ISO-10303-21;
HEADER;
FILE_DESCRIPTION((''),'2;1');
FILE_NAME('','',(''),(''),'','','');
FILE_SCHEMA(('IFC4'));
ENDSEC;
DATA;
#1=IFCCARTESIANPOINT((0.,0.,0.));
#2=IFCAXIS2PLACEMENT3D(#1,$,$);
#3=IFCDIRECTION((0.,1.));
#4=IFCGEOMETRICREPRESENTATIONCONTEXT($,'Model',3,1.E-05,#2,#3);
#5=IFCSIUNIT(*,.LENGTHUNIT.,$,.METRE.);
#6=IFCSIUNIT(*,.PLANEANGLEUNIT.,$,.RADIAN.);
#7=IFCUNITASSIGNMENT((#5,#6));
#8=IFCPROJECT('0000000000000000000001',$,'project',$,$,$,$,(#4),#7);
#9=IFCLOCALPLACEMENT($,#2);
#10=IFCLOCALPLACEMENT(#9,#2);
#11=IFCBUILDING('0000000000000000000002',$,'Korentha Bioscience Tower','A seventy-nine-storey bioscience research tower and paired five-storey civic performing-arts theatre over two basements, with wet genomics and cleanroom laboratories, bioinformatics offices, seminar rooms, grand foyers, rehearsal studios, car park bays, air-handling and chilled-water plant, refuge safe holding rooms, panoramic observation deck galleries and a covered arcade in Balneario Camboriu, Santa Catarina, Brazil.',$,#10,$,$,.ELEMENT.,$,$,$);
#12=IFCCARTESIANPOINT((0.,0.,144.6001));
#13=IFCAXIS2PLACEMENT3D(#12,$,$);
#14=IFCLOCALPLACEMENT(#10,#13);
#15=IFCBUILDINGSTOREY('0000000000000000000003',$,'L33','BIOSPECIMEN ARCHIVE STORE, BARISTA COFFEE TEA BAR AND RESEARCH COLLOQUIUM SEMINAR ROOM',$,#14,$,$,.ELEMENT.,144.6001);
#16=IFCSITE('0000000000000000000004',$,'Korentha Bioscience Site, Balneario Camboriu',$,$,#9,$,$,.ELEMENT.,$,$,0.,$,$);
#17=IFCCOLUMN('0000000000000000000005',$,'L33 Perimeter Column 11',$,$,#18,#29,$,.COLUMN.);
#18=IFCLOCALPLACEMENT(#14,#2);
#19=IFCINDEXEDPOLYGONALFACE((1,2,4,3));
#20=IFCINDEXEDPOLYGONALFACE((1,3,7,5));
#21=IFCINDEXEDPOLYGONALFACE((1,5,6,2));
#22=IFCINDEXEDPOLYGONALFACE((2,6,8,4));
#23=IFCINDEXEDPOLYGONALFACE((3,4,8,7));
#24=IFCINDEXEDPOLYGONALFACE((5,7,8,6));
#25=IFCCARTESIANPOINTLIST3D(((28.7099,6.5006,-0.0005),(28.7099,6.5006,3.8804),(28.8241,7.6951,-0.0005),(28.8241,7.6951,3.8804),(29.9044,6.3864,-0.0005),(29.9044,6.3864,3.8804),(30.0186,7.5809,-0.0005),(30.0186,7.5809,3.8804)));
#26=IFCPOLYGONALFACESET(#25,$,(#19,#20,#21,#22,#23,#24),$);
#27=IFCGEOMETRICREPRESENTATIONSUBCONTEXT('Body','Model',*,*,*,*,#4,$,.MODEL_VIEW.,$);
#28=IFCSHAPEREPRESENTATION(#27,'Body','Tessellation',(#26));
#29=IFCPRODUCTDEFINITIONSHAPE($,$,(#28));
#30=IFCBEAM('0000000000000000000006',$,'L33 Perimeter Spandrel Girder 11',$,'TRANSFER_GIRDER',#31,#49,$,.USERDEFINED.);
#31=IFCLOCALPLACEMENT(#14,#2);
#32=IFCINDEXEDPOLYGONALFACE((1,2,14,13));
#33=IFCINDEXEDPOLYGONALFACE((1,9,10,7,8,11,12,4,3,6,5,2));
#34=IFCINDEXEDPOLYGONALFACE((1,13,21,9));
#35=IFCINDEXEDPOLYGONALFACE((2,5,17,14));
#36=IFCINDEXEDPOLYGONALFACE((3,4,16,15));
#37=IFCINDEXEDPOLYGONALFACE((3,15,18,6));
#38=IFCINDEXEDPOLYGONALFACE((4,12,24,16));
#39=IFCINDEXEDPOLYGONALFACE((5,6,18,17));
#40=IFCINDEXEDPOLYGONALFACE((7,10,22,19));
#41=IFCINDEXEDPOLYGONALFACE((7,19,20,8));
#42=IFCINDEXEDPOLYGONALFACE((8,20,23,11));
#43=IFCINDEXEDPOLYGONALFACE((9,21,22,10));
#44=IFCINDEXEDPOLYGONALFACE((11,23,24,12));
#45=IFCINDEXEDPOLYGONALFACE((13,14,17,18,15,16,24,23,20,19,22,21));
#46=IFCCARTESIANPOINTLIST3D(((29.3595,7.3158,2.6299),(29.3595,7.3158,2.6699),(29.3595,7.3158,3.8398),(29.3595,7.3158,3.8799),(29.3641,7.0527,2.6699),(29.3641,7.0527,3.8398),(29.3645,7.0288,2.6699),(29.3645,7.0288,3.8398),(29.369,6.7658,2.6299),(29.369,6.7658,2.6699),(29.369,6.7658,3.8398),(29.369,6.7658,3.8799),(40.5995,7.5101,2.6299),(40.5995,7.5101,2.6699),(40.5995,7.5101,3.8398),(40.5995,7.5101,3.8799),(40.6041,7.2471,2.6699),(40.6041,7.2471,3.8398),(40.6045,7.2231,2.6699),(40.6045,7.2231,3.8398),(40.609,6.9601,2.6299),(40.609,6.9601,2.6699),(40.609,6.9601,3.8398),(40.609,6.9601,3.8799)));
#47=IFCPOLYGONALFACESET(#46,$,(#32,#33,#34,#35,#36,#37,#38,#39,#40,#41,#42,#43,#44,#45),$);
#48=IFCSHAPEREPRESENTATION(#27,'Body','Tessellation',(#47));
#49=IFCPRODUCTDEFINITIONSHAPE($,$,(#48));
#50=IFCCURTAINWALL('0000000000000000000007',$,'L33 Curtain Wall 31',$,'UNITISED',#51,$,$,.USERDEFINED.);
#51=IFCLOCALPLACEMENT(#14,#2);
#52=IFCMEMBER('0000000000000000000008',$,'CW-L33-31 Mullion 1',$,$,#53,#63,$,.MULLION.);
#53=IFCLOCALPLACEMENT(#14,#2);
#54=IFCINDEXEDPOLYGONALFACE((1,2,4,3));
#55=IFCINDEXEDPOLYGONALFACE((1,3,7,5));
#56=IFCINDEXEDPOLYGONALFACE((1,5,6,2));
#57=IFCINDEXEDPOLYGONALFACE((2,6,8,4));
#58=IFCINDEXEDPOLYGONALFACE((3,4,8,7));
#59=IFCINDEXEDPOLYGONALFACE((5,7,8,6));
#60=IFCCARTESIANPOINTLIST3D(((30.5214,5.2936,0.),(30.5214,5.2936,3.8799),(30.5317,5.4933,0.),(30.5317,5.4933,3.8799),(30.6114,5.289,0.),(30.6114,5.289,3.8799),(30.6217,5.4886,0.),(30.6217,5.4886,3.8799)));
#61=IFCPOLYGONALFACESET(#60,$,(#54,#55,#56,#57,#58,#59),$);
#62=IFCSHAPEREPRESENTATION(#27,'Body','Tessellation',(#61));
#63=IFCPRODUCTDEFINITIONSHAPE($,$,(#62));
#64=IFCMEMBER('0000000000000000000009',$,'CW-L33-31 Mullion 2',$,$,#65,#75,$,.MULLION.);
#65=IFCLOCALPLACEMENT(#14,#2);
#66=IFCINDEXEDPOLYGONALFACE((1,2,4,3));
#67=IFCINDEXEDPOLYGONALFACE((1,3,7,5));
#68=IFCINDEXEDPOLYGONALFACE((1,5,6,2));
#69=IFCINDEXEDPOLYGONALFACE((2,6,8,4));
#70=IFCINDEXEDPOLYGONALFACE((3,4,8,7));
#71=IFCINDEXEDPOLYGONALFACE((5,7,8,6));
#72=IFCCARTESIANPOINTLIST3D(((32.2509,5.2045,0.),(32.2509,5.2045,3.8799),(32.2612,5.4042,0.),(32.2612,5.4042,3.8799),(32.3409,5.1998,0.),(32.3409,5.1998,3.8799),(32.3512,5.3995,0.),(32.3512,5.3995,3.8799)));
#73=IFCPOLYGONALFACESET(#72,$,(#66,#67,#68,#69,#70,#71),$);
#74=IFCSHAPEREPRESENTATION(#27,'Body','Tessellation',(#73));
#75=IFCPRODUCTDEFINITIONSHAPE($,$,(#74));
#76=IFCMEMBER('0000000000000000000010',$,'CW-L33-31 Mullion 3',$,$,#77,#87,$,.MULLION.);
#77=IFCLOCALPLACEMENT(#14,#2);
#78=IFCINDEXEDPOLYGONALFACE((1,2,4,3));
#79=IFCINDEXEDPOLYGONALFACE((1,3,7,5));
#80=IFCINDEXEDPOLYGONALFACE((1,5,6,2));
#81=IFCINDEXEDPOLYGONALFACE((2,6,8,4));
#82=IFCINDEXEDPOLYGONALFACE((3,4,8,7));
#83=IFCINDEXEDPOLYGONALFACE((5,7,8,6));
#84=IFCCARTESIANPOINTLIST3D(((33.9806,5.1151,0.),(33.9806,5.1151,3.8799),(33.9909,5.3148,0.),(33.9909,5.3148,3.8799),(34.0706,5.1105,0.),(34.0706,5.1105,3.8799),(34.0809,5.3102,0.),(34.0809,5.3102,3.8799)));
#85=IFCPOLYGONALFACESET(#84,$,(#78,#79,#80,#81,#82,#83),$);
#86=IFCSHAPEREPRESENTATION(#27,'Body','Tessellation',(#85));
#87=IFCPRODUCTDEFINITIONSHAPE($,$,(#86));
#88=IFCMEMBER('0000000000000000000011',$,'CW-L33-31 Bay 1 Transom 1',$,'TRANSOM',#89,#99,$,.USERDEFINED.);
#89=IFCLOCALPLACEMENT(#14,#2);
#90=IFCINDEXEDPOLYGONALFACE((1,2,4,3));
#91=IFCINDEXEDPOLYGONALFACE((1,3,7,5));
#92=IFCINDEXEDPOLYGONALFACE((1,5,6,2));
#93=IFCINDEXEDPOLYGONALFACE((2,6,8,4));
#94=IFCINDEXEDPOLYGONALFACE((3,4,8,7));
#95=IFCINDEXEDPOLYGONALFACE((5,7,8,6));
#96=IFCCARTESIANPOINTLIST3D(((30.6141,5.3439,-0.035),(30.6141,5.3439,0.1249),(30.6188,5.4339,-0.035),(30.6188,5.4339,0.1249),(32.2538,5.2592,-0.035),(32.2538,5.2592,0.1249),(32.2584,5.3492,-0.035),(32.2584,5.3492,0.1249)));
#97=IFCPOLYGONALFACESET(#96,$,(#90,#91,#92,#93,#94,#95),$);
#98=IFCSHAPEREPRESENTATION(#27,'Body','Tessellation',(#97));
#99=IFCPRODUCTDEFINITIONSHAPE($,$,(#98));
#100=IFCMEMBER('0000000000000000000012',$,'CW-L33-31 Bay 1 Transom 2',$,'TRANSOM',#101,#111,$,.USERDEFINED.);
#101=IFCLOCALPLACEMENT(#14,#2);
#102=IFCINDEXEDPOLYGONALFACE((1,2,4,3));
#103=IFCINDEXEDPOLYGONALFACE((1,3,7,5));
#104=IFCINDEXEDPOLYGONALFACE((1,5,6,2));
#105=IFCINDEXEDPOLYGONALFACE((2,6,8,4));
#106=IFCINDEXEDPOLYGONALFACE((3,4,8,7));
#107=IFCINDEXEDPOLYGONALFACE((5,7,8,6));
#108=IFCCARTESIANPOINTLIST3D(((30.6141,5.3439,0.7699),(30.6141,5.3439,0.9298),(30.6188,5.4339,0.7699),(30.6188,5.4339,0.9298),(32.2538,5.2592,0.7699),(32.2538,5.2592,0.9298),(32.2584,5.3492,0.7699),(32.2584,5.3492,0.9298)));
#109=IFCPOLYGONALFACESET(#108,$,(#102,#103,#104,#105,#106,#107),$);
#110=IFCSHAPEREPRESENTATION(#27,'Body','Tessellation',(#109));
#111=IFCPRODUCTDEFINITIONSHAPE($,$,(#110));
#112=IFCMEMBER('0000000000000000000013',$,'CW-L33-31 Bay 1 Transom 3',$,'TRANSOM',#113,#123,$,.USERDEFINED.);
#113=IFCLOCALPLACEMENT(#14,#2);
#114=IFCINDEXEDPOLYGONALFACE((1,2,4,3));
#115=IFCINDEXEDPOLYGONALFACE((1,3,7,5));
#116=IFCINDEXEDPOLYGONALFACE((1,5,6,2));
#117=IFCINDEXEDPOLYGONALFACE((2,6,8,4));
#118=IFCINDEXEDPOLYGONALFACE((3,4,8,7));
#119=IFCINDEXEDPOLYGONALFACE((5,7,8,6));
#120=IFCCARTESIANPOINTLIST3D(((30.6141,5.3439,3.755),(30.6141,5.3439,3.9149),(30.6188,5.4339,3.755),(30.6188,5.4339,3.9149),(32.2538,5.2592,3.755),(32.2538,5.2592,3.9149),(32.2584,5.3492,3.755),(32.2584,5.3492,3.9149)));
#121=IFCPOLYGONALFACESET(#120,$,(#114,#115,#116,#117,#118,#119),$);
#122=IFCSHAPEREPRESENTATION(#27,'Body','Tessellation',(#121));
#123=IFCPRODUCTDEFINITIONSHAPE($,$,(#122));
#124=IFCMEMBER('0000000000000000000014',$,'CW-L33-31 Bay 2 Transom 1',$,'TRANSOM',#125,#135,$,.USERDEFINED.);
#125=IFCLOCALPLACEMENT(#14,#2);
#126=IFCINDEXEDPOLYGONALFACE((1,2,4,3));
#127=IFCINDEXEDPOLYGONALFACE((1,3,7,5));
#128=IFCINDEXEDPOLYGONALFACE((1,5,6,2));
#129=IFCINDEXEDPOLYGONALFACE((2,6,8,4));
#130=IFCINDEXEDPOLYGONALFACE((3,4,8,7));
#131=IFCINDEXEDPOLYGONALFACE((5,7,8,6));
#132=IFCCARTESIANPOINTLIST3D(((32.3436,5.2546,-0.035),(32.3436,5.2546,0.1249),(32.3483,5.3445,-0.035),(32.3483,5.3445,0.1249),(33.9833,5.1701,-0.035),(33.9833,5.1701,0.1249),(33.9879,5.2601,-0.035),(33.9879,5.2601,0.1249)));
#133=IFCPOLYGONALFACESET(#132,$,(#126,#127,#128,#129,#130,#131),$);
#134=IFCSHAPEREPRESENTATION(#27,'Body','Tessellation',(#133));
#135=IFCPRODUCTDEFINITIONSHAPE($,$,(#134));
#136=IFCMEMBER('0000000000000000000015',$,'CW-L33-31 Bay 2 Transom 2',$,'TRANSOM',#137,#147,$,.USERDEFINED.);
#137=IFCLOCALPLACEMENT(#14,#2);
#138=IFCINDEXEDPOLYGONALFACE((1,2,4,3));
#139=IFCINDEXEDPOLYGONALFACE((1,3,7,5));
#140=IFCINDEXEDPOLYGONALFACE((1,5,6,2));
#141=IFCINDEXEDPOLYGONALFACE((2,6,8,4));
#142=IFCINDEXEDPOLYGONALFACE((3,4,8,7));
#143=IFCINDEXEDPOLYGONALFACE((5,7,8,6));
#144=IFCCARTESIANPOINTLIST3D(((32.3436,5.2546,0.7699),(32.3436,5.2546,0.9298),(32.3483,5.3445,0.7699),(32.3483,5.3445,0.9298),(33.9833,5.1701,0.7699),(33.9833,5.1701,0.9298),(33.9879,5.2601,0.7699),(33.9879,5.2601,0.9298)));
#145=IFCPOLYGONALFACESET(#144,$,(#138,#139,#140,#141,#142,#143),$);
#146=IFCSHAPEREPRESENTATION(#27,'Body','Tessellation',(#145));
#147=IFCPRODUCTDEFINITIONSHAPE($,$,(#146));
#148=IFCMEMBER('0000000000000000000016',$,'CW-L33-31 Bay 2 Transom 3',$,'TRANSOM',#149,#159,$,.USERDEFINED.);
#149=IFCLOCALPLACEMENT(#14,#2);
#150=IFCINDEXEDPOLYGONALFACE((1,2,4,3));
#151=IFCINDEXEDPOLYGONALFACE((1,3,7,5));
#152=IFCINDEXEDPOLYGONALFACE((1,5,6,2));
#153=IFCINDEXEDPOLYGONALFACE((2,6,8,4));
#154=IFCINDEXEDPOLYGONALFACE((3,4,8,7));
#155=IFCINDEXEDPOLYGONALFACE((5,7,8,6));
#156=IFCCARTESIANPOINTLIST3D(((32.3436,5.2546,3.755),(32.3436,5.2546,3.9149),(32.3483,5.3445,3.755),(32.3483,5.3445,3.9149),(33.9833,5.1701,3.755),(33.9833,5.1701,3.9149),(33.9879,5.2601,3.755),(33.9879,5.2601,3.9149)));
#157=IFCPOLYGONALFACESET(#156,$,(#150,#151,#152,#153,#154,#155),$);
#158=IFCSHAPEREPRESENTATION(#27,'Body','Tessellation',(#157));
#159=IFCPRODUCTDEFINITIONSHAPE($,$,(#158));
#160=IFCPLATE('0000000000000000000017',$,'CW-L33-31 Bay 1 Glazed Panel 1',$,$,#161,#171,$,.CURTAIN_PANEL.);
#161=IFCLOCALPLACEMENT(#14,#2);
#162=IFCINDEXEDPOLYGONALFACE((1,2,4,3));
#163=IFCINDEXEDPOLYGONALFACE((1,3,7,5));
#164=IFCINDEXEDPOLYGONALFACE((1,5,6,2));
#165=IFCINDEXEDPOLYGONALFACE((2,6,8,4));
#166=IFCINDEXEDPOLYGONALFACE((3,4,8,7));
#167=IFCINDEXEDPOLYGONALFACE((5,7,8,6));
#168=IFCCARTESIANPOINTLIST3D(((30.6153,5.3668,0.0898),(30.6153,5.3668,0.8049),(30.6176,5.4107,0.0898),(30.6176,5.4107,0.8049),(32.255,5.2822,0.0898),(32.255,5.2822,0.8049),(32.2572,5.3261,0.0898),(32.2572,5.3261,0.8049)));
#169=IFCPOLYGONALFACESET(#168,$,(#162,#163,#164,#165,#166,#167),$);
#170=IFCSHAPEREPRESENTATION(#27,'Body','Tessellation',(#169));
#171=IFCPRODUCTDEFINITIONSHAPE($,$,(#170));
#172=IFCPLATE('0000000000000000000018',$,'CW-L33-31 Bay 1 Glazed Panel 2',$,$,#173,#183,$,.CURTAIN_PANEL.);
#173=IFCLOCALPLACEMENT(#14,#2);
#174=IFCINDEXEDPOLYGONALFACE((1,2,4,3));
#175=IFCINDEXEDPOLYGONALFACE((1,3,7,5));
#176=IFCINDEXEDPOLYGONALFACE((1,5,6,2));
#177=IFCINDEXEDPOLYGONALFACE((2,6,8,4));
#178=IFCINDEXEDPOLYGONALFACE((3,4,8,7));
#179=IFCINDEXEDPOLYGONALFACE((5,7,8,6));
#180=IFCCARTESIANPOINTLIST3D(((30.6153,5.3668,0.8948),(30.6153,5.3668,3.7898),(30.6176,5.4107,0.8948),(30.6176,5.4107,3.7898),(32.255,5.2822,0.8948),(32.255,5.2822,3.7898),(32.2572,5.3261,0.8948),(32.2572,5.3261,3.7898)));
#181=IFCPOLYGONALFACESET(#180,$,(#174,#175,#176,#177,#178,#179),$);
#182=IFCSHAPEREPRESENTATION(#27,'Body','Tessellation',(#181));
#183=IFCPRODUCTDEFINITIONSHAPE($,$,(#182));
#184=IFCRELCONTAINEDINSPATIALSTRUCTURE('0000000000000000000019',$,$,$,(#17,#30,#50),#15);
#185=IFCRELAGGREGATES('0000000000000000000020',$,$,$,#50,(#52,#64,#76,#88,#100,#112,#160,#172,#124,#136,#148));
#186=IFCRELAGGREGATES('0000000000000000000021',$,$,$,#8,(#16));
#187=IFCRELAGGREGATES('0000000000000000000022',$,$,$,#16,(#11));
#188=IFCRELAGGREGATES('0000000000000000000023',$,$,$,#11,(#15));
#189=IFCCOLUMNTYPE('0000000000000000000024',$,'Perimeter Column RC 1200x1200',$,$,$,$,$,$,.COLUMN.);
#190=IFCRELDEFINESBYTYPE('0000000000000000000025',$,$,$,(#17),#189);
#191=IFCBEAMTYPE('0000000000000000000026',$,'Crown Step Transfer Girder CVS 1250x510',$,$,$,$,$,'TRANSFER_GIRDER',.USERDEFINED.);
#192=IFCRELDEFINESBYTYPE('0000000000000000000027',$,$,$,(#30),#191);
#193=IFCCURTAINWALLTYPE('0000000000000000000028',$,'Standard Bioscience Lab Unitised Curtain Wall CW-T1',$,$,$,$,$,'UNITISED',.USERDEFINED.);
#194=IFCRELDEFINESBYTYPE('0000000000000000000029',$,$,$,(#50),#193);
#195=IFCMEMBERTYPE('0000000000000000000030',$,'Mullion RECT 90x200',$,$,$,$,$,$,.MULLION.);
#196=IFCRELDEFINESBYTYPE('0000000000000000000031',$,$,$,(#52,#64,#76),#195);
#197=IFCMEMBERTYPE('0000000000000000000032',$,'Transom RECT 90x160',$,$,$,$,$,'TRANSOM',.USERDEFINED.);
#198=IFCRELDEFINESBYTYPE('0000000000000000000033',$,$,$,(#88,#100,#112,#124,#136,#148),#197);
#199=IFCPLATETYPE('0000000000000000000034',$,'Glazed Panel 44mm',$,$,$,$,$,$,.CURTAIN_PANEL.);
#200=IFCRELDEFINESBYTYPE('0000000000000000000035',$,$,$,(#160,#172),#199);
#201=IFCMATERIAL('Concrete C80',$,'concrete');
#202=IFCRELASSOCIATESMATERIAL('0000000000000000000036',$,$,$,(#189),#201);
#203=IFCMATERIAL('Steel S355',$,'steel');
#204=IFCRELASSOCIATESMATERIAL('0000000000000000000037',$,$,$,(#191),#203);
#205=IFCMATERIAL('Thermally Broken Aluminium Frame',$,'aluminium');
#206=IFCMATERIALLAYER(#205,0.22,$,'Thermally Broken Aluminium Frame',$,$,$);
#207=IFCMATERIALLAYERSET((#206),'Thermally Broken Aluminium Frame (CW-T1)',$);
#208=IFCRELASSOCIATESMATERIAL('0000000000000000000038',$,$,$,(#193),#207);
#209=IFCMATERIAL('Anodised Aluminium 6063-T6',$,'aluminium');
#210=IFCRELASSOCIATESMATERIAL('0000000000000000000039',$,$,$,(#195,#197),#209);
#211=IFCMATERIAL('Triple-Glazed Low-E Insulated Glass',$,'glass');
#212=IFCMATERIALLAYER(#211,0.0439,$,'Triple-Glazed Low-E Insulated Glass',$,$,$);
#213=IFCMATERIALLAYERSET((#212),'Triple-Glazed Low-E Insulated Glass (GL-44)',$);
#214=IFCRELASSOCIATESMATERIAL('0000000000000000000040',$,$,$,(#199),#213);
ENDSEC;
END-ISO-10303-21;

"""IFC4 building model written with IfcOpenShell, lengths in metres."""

from ifc_helpers import new_model, si_unit, direction, frame, origin, origin_2d, place, context, subcontext, project, spatial, rectangle, i_section, extrude, material, layer, layer_set, material_profile, profile_set, type_object, element, aggregate, save


model = new_model("IFC4")

# Units and contexts
model_context = context("Model", 3, precision=1e-05, world=origin(), true_north=direction((0.0, 1.0)))
body_context = subcontext(model_context, "Body", "Model", "MODEL_VIEW")
ifc_project = project(units=[si_unit("LENGTHUNIT", "METRE"), si_unit("PLANEANGLEUNIT", "RADIAN")], contexts=[model_context])

# Site, building, storey
site_placement = place(None, origin())
site = spatial("IfcSite", under=ifc_project, at=site_placement, Name="Korentha Bioscience Site, Balneario Camboriu", CompositionType="ELEMENT", RefElevation=0.0)
building_placement = place(site_placement, origin())
building = spatial("IfcBuilding", under=site, at=building_placement, Name="Korentha Bioscience Tower", Description="A seventy-nine-storey bioscience research tower and paired five-storey civic performing-arts theatre over two basements, with wet genomics and cleanroom laboratories, bioinformatics offices, seminar rooms, grand foyers, rehearsal studios, car park bays, air-handling and chilled-water plant, refuge safe holding rooms, panoramic observation deck galleries and a covered arcade in Balneario Camboriu, Santa Catarina, Brazil.", CompositionType="ELEMENT")
storey_placement = place(building_placement, frame((0.0, 0.0, 144.6001)))
storey = spatial("IfcBuildingStorey", under=building, at=storey_placement, Name="L33", Description="BIOSPECIMEN ARCHIVE STORE, BARISTA COFFEE TEA BAR AND RESEARCH COLLOQUIUM SEMINAR ROOM", CompositionType="ELEMENT", Elevation=144.6001)

# Column
ifc_material_1 = material(Name="Concrete C80", Category="concrete")
ifc_material_profile_1 = material_profile(ifc_material_1, rectangle(XDim=1.2, YDim=1.2, at=origin_2d()), Name="Concrete C80")
ifc_profile_set_1 = profile_set([ifc_material_profile_1], Name="Concrete C80 (COL-P12)")
column_type = type_object("IfcColumnType", Name="Perimeter Column RC 1200x1200", PredefinedType="COLUMN", material=ifc_profile_set_1)
column_placement = place(storey_placement, frame((29.3643, 7.0408, -0.0005), z_axis=(0.0, 0.0, 1.0), x_axis=(-0.995463, 0.095151, 0.0)))
element("IfcColumn", 1, at=column_placement, inside=storey, type_object=column_type, Name="L33 Perimeter Column 11", PredefinedType="COLUMN", context=body_context, shape_type="SweptSolid", body=[
    extrude(rectangle(XDim=1.2, YDim=1.2, at=origin_2d()), origin(), (0.0, 0.0, 1.0), 3.8809),
])

# Beam
ifc_material_2 = material(Name="Steel S355", Category="steel")
ifc_material_profile_2 = material_profile(ifc_material_2, i_section(OverallWidth=0.55, OverallDepth=1.25, WebThickness=0.0239, FlangeThickness=0.04, at=origin_2d()), Name="Steel S355")
ifc_profile_set_2 = profile_set([ifc_material_profile_2], Name="Steel S355 (TG-03)")
beam_type = type_object("IfcBeamType", Name="Crown Step Transfer Girder CVS 1250x510", ElementType="TRANSFER_GIRDER", PredefinedType="USERDEFINED", material=ifc_profile_set_2)
beam_placement = place(storey_placement, frame((29.3643, 7.0408, 3.2549), z_axis=(0.999851, 0.017287, 0.0), x_axis=(-0.017287, 0.999851, 0.0)))
element("IfcBeam", 2, at=beam_placement, inside=storey, type_object=beam_type, Name="L33 Perimeter Spandrel Girder 11", ObjectType="TRANSFER_GIRDER", PredefinedType="USERDEFINED", context=body_context, shape_type="SweptSolid", body=[
    extrude(i_section(OverallWidth=0.55, OverallDepth=1.25, WebThickness=0.0239, FlangeThickness=0.04, at=origin_2d()), origin(), (0.0, 0.0, 1.0), 11.2417),
])

# Curtain wall, members, plates
ifc_material_3 = material(Name="Thermally Broken Aluminium Frame", Category="aluminium")
ifc_layer_1 = layer(ifc_material_3, 0.22, Name="Thermally Broken Aluminium Frame")
ifc_layer_set_1 = layer_set([ifc_layer_1], Name="Thermally Broken Aluminium Frame (CW-T1)")
curtain_wall_type = type_object("IfcCurtainWallType", Name="Standard Bioscience Lab Unitised Curtain Wall CW-T1", ElementType="UNITISED", PredefinedType="USERDEFINED", material=ifc_layer_set_1)
curtain_wall_placement = place(storey_placement, origin())
curtain_wall = element("IfcCurtainWall", 3, at=curtain_wall_placement, inside=storey, type_object=curtain_wall_type, Name="L33 Curtain Wall 31", ObjectType="UNITISED", PredefinedType="USERDEFINED")
ifc_material_4 = material(Name="Anodised Aluminium 6063-T6", Category="aluminium")
ifc_material_profile_3 = material_profile(ifc_material_4, rectangle(XDim=0.0901, YDim=0.2, at=origin_2d()), Name="Anodised Aluminium 6063-T6")
ifc_profile_set_3 = profile_set([ifc_material_profile_3], Name="Anodised Aluminium 6063-T6 (CW-MUL)")
member_type_1 = type_object("IfcMemberType", Name="Mullion RECT 90x200", PredefinedType="MULLION", material=ifc_profile_set_3)
member_1_placement = place(storey_placement, frame((30.5715, 5.3911, 0.0), z_axis=(0.0, 0.0, 1.0), x_axis=(0.998673, -0.051495, 0.0)))
member_1 = element("IfcMember", 4, at=member_1_placement, type_object=member_type_1, Name="CW-L33-31 Mullion 1", PredefinedType="MULLION", context=body_context, shape_type="SweptSolid", body=[
    extrude(rectangle(XDim=0.0901, YDim=0.2, at=origin_2d()), origin(), (0.0, 0.0, 1.0), 3.8799),
])
member_2_placement = place(storey_placement, frame((32.301, 5.302, 0.0), z_axis=(0.0, 0.0, 1.0), x_axis=(0.998673, -0.051495, 0.0)))
member_2 = element("IfcMember", 5, at=member_2_placement, type_object=member_type_1, Name="CW-L33-31 Mullion 2", PredefinedType="MULLION", context=body_context, shape_type="SweptSolid", body=[
    extrude(rectangle(XDim=0.0901, YDim=0.2, at=origin_2d()), origin(), (0.0, 0.0, 1.0), 3.8799),
])
member_3_placement = place(storey_placement, frame((34.0308, 5.2126, 0.0), z_axis=(0.0, 0.0, 1.0), x_axis=(0.998673, -0.051495, 0.0)))
member_3 = element("IfcMember", 6, at=member_3_placement, type_object=member_type_1, Name="CW-L33-31 Mullion 3", PredefinedType="MULLION", context=body_context, shape_type="SweptSolid", body=[
    extrude(rectangle(XDim=0.0901, YDim=0.2, at=origin_2d()), origin(), (0.0, 0.0, 1.0), 3.8799),
])
ifc_material_profile_4 = material_profile(ifc_material_4, rectangle(XDim=0.0901, YDim=0.1599, at=origin_2d()), Name="Anodised Aluminium 6063-T6")
ifc_profile_set_4 = profile_set([ifc_material_profile_4], Name="Anodised Aluminium 6063-T6 (CW-TRN)")
member_type_2 = type_object("IfcMemberType", Name="Transom RECT 90x160", ElementType="TRANSOM", PredefinedType="USERDEFINED", material=ifc_profile_set_4)
member_4_placement = place(storey_placement, frame((30.6165, 5.3889, 0.0449), z_axis=(0.998668, -0.051599, 0.0), x_axis=(0.051599, 0.998668, 0.0)))
member_4 = element("IfcMember", 7, at=member_4_placement, type_object=member_type_2, Name="CW-L33-31 Bay 1 Transom 1", ObjectType="TRANSOM", PredefinedType="USERDEFINED", context=body_context, shape_type="SweptSolid", body=[
    extrude(rectangle(XDim=0.0901, YDim=0.1599, at=origin_2d()), origin(), (0.0, 0.0, 1.0), 1.6418),
])
member_5_placement = place(storey_placement, frame((30.6165, 5.3889, 0.8499), z_axis=(0.998668, -0.051599, 0.0), x_axis=(0.051599, 0.998668, 0.0)))
member_5 = element("IfcMember", 8, at=member_5_placement, type_object=member_type_2, Name="CW-L33-31 Bay 1 Transom 2", ObjectType="TRANSOM", PredefinedType="USERDEFINED", context=body_context, shape_type="SweptSolid", body=[
    extrude(rectangle(XDim=0.0901, YDim=0.1599, at=origin_2d()), origin(), (0.0, 0.0, 1.0), 1.6418),
])
member_6_placement = place(storey_placement, frame((30.6165, 5.3889, 3.835), z_axis=(0.998668, -0.051599, 0.0), x_axis=(0.051599, 0.998668, 0.0)))
member_6 = element("IfcMember", 9, at=member_6_placement, type_object=member_type_2, Name="CW-L33-31 Bay 1 Transom 3", ObjectType="TRANSOM", PredefinedType="USERDEFINED", context=body_context, shape_type="SweptSolid", body=[
    extrude(rectangle(XDim=0.0901, YDim=0.1599, at=origin_2d()), origin(), (0.0, 0.0, 1.0), 1.6418),
])
member_7_placement = place(storey_placement, frame((32.3459, 5.2996, 0.0449), z_axis=(0.998676, -0.051451, 0.0), x_axis=(0.051451, 0.998676, 0.0)))
member_7 = element("IfcMember", 10, at=member_7_placement, type_object=member_type_2, Name="CW-L33-31 Bay 2 Transom 1", ObjectType="TRANSOM", PredefinedType="USERDEFINED", context=body_context, shape_type="SweptSolid", body=[
    extrude(rectangle(XDim=0.0901, YDim=0.1599, at=origin_2d()), origin(), (0.0, 0.0, 1.0), 1.6418),
])
member_8_placement = place(storey_placement, frame((32.3459, 5.2996, 0.8499), z_axis=(0.998676, -0.051451, 0.0), x_axis=(0.051451, 0.998676, 0.0)))
member_8 = element("IfcMember", 11, at=member_8_placement, type_object=member_type_2, Name="CW-L33-31 Bay 2 Transom 2", ObjectType="TRANSOM", PredefinedType="USERDEFINED", context=body_context, shape_type="SweptSolid", body=[
    extrude(rectangle(XDim=0.0901, YDim=0.1599, at=origin_2d()), origin(), (0.0, 0.0, 1.0), 1.6418),
])
member_9_placement = place(storey_placement, frame((32.3459, 5.2996, 3.835), z_axis=(0.998676, -0.051451, 0.0), x_axis=(0.051451, 0.998676, 0.0)))
member_9 = element("IfcMember", 12, at=member_9_placement, type_object=member_type_2, Name="CW-L33-31 Bay 2 Transom 3", ObjectType="TRANSOM", PredefinedType="USERDEFINED", context=body_context, shape_type="SweptSolid", body=[
    extrude(rectangle(XDim=0.0901, YDim=0.1599, at=origin_2d()), origin(), (0.0, 0.0, 1.0), 1.6418),
])
ifc_material_5 = material(Name="Triple-Glazed Low-E Insulated Glass", Category="glass")
ifc_layer_2 = layer(ifc_material_5, 0.0439, Name="Triple-Glazed Low-E Insulated Glass")
ifc_layer_set_2 = layer_set([ifc_layer_2], Name="Triple-Glazed Low-E Insulated Glass (GL-44)")
plate_type = type_object("IfcPlateType", Name="Glazed Panel 44mm", PredefinedType="CURTAIN_PANEL", material=ifc_layer_set_2)
plate_1_placement = place(storey_placement, frame((31.4363, 5.3464, 0.0898), z_axis=(0.0, 0.0, 1.0), x_axis=(0.998673, -0.051495, 0.0)))
plate_1 = element("IfcPlate", 13, at=plate_1_placement, type_object=plate_type, Name="CW-L33-31 Bay 1 Glazed Panel 1", PredefinedType="CURTAIN_PANEL", context=body_context, shape_type="SweptSolid", body=[
    extrude(rectangle(XDim=1.6418, YDim=0.0439, at=origin_2d()), origin(), (0.0, 0.0, 1.0), 0.7151),
])
plate_2_placement = place(storey_placement, frame((31.4363, 5.3464, 0.8948), z_axis=(0.0, 0.0, 1.0), x_axis=(0.998673, -0.051495, 0.0)))
plate_2 = element("IfcPlate", 14, at=plate_2_placement, type_object=plate_type, Name="CW-L33-31 Bay 1 Glazed Panel 2", PredefinedType="CURTAIN_PANEL", context=body_context, shape_type="SweptSolid", body=[
    extrude(rectangle(XDim=1.6418, YDim=0.0439, at=origin_2d()), origin(), (0.0, 0.0, 1.0), 2.895),
])
aggregate(curtain_wall, [member_1, member_2, member_3, member_4, member_5, member_6, plate_1, plate_2, member_7, member_8, member_9])

save(model, "model.ifc")
